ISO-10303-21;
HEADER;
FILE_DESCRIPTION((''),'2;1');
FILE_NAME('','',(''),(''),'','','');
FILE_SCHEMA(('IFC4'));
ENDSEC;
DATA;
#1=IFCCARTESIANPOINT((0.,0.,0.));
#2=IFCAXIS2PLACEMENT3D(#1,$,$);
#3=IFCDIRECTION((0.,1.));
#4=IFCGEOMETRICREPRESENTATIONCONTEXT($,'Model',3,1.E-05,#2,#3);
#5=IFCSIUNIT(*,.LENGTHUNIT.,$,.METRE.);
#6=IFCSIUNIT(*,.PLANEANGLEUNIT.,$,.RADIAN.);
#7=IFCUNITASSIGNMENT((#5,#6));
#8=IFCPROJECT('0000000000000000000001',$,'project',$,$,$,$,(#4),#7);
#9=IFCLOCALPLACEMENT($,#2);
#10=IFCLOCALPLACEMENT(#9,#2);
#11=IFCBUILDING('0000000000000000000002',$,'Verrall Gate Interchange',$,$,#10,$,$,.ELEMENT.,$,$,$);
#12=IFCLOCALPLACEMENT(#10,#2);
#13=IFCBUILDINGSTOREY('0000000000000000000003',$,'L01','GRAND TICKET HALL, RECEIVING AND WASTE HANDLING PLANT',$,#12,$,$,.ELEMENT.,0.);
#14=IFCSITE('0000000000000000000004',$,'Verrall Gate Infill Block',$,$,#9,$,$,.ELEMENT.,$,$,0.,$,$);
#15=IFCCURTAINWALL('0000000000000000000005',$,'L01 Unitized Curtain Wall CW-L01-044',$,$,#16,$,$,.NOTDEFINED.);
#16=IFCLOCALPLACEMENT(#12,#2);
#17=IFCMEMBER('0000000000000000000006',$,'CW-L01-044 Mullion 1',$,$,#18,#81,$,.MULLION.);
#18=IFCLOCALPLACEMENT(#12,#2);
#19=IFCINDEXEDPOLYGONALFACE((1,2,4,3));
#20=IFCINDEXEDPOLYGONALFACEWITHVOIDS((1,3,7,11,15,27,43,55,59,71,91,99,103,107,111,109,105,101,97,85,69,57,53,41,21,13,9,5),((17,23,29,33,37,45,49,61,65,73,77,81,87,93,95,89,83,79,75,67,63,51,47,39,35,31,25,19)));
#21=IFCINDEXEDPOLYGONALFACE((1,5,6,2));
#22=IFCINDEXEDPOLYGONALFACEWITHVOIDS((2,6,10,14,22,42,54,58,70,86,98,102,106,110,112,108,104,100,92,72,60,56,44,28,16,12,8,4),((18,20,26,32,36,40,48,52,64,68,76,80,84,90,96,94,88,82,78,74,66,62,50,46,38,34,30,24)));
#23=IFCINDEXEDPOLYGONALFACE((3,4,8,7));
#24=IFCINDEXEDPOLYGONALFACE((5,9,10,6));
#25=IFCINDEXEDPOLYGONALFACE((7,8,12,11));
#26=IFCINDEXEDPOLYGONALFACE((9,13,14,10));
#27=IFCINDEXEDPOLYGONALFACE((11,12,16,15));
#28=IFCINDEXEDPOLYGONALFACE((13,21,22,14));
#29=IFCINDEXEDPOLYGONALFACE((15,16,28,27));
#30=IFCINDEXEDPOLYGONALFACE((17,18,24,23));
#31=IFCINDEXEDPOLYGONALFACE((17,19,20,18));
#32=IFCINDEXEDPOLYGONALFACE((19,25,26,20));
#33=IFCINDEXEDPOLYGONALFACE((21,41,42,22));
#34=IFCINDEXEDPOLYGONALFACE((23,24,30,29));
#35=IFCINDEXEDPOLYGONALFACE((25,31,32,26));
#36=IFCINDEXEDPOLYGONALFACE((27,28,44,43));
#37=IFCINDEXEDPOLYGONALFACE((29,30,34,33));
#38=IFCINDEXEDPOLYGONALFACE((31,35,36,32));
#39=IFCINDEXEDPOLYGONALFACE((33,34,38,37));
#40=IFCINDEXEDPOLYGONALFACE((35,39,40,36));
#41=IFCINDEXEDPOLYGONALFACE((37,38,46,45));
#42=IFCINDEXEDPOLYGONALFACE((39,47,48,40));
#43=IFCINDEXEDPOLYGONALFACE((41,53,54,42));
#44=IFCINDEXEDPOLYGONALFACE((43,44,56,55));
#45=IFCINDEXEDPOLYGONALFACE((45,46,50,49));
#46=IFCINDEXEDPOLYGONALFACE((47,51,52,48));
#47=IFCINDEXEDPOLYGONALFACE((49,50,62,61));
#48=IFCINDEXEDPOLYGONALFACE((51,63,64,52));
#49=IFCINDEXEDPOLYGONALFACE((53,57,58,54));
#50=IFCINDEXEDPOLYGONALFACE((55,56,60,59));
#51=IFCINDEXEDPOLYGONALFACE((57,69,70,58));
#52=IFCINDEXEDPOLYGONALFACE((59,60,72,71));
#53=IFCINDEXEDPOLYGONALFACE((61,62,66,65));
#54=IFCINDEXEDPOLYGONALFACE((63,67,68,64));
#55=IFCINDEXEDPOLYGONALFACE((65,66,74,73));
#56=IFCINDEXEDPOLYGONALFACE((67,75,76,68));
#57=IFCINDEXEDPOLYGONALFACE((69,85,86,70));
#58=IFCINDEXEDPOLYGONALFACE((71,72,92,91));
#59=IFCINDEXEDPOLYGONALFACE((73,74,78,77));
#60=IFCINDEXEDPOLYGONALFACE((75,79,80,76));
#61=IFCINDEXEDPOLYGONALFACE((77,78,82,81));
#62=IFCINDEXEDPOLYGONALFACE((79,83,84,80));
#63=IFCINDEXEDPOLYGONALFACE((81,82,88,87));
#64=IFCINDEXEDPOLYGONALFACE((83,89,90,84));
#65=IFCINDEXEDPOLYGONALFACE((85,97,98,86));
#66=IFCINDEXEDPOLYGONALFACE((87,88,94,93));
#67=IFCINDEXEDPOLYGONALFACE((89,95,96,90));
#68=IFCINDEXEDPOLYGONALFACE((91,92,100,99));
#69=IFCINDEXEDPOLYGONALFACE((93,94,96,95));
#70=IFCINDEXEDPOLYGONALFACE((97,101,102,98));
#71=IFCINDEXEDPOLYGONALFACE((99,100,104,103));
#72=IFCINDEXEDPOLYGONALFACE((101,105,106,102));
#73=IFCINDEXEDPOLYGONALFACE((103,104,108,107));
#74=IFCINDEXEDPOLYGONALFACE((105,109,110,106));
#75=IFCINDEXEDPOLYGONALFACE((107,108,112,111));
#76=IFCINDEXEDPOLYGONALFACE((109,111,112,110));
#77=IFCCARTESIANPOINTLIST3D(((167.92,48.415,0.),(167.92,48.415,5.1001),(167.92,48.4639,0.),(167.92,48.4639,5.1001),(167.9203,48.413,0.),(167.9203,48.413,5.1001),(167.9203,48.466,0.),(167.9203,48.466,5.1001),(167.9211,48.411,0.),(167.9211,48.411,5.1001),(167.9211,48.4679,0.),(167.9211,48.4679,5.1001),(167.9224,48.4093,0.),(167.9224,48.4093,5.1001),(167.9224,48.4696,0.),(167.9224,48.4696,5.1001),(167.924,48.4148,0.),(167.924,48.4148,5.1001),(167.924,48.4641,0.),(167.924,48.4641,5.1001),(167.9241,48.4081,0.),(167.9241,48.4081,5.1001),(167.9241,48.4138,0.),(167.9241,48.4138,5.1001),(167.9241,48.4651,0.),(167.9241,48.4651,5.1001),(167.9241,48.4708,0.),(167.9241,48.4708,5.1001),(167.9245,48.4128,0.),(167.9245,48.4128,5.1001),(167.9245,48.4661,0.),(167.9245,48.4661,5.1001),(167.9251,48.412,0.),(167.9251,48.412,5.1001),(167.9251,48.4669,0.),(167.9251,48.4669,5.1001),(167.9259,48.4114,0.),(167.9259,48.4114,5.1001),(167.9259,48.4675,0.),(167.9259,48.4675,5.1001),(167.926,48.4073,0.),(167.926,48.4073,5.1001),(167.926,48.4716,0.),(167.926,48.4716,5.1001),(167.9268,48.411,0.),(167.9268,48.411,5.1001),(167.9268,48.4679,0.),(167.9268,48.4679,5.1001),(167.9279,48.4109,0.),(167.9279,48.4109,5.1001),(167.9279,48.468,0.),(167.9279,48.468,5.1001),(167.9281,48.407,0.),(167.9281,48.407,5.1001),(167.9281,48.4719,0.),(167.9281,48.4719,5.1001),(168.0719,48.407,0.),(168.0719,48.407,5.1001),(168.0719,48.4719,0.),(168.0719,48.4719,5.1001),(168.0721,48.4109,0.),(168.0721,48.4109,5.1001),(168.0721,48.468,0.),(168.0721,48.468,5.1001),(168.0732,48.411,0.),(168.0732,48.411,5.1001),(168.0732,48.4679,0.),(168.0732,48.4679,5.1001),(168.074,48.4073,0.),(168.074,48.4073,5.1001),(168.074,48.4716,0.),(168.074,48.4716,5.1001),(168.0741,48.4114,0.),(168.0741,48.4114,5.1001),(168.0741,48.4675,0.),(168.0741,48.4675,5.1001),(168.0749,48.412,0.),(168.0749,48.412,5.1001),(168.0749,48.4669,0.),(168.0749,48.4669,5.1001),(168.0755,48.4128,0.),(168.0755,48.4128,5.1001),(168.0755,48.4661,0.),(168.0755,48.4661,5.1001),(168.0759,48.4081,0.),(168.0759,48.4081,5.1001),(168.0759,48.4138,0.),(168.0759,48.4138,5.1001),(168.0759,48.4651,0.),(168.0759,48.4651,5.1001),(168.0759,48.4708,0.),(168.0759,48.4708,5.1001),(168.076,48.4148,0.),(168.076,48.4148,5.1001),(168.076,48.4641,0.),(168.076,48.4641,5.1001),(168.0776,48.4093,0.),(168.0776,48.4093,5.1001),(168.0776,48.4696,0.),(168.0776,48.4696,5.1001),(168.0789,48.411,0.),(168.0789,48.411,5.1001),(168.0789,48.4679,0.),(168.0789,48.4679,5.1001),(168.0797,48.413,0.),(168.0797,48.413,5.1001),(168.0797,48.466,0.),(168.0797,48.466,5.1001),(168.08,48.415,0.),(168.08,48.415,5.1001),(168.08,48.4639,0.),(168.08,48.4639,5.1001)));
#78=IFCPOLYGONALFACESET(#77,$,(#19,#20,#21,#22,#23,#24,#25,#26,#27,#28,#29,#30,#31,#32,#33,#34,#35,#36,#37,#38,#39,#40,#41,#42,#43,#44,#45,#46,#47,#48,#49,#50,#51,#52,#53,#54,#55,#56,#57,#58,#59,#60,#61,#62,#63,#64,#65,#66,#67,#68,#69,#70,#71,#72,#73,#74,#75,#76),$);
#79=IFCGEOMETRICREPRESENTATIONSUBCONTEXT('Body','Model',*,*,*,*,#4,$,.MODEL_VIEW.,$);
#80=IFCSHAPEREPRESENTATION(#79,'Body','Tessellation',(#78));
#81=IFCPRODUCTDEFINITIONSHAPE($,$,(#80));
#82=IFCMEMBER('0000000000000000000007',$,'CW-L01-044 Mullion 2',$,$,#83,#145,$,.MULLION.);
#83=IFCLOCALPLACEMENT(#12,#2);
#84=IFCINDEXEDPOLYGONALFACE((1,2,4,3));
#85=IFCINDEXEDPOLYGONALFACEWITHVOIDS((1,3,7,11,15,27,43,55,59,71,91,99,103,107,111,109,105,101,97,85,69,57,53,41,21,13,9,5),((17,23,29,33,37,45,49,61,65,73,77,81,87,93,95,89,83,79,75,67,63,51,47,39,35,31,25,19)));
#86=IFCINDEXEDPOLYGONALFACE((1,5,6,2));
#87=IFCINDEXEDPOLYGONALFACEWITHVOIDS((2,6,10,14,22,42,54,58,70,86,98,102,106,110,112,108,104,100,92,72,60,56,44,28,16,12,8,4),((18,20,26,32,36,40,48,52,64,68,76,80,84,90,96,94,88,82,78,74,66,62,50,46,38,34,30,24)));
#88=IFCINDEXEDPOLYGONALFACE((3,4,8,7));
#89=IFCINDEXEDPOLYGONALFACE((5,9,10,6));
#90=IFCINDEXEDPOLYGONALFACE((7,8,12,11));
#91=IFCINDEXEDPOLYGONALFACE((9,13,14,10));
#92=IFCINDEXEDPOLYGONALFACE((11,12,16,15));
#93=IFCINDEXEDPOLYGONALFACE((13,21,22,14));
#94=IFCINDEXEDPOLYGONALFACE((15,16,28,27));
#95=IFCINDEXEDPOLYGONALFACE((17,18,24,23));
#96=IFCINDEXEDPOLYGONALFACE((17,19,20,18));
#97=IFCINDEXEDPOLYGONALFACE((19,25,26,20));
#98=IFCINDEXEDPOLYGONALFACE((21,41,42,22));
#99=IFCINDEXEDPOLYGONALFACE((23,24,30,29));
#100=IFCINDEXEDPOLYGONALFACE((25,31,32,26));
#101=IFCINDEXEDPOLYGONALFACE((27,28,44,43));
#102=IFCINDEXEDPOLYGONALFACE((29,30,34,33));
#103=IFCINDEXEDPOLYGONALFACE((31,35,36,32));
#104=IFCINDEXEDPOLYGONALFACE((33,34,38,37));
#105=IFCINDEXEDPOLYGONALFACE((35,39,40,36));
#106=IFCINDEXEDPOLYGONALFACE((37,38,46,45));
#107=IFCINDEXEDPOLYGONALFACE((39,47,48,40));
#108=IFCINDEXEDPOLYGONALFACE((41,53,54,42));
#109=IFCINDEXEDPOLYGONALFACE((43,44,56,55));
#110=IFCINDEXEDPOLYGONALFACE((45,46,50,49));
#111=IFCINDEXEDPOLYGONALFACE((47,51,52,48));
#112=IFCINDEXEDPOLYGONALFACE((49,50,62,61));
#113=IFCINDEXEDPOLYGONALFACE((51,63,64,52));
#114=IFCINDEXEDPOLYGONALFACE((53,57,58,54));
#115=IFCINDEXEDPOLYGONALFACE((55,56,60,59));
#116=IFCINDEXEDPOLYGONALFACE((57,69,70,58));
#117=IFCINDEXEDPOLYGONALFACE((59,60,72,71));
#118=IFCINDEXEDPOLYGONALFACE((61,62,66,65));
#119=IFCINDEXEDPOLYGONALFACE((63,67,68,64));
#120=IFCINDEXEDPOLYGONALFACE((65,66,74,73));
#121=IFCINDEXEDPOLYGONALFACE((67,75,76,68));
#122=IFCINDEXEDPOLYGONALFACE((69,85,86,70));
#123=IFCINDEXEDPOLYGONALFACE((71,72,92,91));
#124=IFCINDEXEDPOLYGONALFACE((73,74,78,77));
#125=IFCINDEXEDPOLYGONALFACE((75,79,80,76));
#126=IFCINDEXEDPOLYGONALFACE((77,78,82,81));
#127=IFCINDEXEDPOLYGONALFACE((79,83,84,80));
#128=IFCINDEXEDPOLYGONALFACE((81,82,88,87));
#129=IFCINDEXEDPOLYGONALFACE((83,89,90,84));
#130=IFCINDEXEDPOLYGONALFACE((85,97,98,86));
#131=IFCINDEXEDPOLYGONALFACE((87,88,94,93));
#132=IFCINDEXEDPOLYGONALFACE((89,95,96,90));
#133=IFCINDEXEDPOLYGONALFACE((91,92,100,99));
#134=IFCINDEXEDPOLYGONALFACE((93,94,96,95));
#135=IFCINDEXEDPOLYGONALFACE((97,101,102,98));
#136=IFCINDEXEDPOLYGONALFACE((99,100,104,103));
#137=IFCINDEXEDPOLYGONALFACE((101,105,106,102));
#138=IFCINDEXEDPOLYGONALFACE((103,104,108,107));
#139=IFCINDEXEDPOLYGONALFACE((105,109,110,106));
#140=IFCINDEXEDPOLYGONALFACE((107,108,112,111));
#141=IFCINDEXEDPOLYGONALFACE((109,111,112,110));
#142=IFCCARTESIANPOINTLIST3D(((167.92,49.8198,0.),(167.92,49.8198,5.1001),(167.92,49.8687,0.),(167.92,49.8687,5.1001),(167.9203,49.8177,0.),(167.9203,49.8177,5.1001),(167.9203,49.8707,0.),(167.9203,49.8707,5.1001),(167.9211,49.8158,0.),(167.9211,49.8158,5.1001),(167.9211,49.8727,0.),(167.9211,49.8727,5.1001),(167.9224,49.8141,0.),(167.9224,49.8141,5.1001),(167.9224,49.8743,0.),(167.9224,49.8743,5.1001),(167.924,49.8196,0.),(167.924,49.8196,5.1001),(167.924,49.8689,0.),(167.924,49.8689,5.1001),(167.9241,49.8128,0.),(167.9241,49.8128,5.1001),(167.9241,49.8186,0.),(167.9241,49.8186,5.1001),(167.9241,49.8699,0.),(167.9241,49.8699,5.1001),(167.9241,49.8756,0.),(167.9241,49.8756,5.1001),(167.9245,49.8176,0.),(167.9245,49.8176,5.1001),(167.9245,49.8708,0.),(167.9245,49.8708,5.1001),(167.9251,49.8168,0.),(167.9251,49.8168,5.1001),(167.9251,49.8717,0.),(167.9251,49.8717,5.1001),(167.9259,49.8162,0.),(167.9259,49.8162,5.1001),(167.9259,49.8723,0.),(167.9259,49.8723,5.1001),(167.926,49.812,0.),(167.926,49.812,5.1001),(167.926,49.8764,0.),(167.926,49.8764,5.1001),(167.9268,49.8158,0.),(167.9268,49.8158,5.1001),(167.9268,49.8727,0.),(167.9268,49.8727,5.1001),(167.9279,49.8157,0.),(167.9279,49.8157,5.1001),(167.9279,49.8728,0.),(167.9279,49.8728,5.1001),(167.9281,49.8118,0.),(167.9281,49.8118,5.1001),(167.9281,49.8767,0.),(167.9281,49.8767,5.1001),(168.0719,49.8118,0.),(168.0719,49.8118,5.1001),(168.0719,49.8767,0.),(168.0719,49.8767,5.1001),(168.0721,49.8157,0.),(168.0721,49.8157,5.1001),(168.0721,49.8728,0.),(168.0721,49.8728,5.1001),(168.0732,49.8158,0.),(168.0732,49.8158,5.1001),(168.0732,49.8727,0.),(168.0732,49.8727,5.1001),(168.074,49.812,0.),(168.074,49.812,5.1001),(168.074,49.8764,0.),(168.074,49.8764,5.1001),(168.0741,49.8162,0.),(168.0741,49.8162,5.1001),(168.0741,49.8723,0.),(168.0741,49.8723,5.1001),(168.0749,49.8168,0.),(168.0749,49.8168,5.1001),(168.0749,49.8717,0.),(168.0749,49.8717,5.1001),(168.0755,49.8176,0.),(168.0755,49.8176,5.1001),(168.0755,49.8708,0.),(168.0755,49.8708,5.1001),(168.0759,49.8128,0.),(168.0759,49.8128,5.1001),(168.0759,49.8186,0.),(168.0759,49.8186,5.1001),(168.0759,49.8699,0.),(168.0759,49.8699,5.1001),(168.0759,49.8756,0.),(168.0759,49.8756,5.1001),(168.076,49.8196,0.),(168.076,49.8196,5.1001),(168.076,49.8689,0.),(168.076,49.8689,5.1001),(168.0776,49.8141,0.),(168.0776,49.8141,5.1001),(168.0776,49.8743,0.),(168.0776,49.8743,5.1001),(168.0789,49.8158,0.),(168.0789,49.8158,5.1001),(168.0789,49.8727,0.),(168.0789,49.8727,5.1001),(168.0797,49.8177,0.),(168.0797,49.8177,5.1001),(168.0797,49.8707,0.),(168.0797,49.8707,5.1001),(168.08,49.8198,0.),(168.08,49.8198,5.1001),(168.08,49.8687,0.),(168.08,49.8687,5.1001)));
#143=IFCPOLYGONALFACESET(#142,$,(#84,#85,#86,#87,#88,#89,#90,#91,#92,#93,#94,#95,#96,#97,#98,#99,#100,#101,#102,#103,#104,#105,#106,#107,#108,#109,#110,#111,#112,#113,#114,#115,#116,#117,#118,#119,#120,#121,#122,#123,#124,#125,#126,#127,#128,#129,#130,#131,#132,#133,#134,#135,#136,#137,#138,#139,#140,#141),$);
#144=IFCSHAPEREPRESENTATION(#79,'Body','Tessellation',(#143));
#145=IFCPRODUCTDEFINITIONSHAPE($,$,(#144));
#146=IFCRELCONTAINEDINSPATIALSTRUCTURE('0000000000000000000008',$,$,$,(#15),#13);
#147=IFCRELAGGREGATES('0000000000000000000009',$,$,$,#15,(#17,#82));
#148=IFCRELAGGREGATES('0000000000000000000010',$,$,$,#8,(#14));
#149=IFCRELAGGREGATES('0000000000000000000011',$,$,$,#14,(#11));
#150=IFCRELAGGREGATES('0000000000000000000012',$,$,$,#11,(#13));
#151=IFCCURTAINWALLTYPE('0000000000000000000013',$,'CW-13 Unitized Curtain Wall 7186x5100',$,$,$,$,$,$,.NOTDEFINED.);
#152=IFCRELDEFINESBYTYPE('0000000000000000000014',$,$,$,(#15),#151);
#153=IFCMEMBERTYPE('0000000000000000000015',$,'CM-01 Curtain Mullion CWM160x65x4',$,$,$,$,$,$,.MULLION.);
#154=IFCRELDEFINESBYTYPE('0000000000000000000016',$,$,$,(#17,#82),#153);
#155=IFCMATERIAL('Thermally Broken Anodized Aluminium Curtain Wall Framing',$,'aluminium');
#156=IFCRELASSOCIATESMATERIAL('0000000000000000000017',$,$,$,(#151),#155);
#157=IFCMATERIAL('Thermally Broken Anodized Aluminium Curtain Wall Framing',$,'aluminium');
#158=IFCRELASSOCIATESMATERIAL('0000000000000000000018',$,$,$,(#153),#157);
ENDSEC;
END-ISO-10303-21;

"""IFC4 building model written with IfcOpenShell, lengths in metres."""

from ifc_helpers import new_model, si_unit, direction, frame, origin, origin_2d, place, context, subcontext, project, spatial, hollow_rectangle, extrude, material, material_profile, profile_set, type_object, element, aggregate, save


model = new_model("IFC4")

# Units and contexts
model_context = context("Model", 3, precision=1e-05, world=origin(), true_north=direction((0.0, 1.0)))
body_context = subcontext(model_context, "Body", "Model", "MODEL_VIEW")
ifc_project = project(units=[si_unit("LENGTHUNIT", "METRE"), si_unit("PLANEANGLEUNIT", "RADIAN")], contexts=[model_context])

# Site, building, storey
site_placement = place(None, origin())
site = spatial("IfcSite", under=ifc_project, at=site_placement, Name="Verrall Gate Infill Block", CompositionType="ELEMENT", RefElevation=0.0)
building_placement = place(site_placement, origin())
building = spatial("IfcBuilding", under=site, at=building_placement, Name="Verrall Gate Interchange", CompositionType="ELEMENT")
storey_placement = place(building_placement, origin())
storey = spatial("IfcBuildingStorey", under=building, at=storey_placement, Name="L01", Description="GRAND TICKET HALL, RECEIVING AND WASTE HANDLING PLANT", CompositionType="ELEMENT", Elevation=0.0)

# Curtain wall, members
ifc_material_1 = material(Name="Thermally Broken Anodized Aluminium Curtain Wall Framing", Category="aluminium")
curtain_wall_type = type_object("IfcCurtainWallType", Name="CW-13 Unitized Curtain Wall 7186x5100", PredefinedType="NOTDEFINED", material=ifc_material_1)
curtain_wall_placement = place(storey_placement, origin())
curtain_wall = element("IfcCurtainWall", 1, at=curtain_wall_placement, inside=storey, type_object=curtain_wall_type, Name="L01 Unitized Curtain Wall CW-L01-044", PredefinedType="NOTDEFINED")
ifc_material_2 = material(Name="Thermally Broken Anodized Aluminium Curtain Wall Framing", Category="aluminium")
ifc_material_profile = material_profile(ifc_material_2, hollow_rectangle(XDim=0.0649, YDim=0.1599, WallThickness=0.0039, InnerFilletRadius=0.0039, OuterFilletRadius=0.0081, at=origin_2d()), Name="CWM160x65x4")
ifc_profile_set = profile_set([ifc_material_profile], Name="Thermally Broken Anodized Aluminium Curtain Wall Framing")
member_type = type_object("IfcMemberType", Name="CM-01 Curtain Mullion CWM160x65x4", PredefinedType="MULLION", material=ifc_profile_set)
member_1_placement = place(storey_placement, frame((168.0, 48.4395, 0.0), z_axis=(0.0, 0.0, 1.0), x_axis=(0.0, 1.0, 0.0)))
member_1 = element("IfcMember", 2, at=member_1_placement, type_object=member_type, Name="CW-L01-044 Mullion 1", PredefinedType="MULLION", context=body_context, shape_type="SweptSolid", body=[
    extrude(hollow_rectangle(XDim=0.0649, YDim=0.1599, WallThickness=0.0039, InnerFilletRadius=0.0039, OuterFilletRadius=0.0081, at=origin_2d()), origin(), (0.0, 0.0, 1.0), 5.1001),
])
member_2_placement = place(storey_placement, frame((168.0, 49.8442, 0.0), z_axis=(0.0, 0.0, 1.0), x_axis=(0.0, 1.0, 0.0)))
member_2 = element("IfcMember", 3, at=member_2_placement, type_object=member_type, Name="CW-L01-044 Mullion 2", PredefinedType="MULLION", context=body_context, shape_type="SweptSolid", body=[
    extrude(hollow_rectangle(XDim=0.0649, YDim=0.1599, WallThickness=0.0039, InnerFilletRadius=0.0039, OuterFilletRadius=0.0081, at=origin_2d()), origin(), (0.0, 0.0, 1.0), 5.1001),
])
aggregate(curtain_wall, [member_1, member_2])

save(model, "model.ifc")
